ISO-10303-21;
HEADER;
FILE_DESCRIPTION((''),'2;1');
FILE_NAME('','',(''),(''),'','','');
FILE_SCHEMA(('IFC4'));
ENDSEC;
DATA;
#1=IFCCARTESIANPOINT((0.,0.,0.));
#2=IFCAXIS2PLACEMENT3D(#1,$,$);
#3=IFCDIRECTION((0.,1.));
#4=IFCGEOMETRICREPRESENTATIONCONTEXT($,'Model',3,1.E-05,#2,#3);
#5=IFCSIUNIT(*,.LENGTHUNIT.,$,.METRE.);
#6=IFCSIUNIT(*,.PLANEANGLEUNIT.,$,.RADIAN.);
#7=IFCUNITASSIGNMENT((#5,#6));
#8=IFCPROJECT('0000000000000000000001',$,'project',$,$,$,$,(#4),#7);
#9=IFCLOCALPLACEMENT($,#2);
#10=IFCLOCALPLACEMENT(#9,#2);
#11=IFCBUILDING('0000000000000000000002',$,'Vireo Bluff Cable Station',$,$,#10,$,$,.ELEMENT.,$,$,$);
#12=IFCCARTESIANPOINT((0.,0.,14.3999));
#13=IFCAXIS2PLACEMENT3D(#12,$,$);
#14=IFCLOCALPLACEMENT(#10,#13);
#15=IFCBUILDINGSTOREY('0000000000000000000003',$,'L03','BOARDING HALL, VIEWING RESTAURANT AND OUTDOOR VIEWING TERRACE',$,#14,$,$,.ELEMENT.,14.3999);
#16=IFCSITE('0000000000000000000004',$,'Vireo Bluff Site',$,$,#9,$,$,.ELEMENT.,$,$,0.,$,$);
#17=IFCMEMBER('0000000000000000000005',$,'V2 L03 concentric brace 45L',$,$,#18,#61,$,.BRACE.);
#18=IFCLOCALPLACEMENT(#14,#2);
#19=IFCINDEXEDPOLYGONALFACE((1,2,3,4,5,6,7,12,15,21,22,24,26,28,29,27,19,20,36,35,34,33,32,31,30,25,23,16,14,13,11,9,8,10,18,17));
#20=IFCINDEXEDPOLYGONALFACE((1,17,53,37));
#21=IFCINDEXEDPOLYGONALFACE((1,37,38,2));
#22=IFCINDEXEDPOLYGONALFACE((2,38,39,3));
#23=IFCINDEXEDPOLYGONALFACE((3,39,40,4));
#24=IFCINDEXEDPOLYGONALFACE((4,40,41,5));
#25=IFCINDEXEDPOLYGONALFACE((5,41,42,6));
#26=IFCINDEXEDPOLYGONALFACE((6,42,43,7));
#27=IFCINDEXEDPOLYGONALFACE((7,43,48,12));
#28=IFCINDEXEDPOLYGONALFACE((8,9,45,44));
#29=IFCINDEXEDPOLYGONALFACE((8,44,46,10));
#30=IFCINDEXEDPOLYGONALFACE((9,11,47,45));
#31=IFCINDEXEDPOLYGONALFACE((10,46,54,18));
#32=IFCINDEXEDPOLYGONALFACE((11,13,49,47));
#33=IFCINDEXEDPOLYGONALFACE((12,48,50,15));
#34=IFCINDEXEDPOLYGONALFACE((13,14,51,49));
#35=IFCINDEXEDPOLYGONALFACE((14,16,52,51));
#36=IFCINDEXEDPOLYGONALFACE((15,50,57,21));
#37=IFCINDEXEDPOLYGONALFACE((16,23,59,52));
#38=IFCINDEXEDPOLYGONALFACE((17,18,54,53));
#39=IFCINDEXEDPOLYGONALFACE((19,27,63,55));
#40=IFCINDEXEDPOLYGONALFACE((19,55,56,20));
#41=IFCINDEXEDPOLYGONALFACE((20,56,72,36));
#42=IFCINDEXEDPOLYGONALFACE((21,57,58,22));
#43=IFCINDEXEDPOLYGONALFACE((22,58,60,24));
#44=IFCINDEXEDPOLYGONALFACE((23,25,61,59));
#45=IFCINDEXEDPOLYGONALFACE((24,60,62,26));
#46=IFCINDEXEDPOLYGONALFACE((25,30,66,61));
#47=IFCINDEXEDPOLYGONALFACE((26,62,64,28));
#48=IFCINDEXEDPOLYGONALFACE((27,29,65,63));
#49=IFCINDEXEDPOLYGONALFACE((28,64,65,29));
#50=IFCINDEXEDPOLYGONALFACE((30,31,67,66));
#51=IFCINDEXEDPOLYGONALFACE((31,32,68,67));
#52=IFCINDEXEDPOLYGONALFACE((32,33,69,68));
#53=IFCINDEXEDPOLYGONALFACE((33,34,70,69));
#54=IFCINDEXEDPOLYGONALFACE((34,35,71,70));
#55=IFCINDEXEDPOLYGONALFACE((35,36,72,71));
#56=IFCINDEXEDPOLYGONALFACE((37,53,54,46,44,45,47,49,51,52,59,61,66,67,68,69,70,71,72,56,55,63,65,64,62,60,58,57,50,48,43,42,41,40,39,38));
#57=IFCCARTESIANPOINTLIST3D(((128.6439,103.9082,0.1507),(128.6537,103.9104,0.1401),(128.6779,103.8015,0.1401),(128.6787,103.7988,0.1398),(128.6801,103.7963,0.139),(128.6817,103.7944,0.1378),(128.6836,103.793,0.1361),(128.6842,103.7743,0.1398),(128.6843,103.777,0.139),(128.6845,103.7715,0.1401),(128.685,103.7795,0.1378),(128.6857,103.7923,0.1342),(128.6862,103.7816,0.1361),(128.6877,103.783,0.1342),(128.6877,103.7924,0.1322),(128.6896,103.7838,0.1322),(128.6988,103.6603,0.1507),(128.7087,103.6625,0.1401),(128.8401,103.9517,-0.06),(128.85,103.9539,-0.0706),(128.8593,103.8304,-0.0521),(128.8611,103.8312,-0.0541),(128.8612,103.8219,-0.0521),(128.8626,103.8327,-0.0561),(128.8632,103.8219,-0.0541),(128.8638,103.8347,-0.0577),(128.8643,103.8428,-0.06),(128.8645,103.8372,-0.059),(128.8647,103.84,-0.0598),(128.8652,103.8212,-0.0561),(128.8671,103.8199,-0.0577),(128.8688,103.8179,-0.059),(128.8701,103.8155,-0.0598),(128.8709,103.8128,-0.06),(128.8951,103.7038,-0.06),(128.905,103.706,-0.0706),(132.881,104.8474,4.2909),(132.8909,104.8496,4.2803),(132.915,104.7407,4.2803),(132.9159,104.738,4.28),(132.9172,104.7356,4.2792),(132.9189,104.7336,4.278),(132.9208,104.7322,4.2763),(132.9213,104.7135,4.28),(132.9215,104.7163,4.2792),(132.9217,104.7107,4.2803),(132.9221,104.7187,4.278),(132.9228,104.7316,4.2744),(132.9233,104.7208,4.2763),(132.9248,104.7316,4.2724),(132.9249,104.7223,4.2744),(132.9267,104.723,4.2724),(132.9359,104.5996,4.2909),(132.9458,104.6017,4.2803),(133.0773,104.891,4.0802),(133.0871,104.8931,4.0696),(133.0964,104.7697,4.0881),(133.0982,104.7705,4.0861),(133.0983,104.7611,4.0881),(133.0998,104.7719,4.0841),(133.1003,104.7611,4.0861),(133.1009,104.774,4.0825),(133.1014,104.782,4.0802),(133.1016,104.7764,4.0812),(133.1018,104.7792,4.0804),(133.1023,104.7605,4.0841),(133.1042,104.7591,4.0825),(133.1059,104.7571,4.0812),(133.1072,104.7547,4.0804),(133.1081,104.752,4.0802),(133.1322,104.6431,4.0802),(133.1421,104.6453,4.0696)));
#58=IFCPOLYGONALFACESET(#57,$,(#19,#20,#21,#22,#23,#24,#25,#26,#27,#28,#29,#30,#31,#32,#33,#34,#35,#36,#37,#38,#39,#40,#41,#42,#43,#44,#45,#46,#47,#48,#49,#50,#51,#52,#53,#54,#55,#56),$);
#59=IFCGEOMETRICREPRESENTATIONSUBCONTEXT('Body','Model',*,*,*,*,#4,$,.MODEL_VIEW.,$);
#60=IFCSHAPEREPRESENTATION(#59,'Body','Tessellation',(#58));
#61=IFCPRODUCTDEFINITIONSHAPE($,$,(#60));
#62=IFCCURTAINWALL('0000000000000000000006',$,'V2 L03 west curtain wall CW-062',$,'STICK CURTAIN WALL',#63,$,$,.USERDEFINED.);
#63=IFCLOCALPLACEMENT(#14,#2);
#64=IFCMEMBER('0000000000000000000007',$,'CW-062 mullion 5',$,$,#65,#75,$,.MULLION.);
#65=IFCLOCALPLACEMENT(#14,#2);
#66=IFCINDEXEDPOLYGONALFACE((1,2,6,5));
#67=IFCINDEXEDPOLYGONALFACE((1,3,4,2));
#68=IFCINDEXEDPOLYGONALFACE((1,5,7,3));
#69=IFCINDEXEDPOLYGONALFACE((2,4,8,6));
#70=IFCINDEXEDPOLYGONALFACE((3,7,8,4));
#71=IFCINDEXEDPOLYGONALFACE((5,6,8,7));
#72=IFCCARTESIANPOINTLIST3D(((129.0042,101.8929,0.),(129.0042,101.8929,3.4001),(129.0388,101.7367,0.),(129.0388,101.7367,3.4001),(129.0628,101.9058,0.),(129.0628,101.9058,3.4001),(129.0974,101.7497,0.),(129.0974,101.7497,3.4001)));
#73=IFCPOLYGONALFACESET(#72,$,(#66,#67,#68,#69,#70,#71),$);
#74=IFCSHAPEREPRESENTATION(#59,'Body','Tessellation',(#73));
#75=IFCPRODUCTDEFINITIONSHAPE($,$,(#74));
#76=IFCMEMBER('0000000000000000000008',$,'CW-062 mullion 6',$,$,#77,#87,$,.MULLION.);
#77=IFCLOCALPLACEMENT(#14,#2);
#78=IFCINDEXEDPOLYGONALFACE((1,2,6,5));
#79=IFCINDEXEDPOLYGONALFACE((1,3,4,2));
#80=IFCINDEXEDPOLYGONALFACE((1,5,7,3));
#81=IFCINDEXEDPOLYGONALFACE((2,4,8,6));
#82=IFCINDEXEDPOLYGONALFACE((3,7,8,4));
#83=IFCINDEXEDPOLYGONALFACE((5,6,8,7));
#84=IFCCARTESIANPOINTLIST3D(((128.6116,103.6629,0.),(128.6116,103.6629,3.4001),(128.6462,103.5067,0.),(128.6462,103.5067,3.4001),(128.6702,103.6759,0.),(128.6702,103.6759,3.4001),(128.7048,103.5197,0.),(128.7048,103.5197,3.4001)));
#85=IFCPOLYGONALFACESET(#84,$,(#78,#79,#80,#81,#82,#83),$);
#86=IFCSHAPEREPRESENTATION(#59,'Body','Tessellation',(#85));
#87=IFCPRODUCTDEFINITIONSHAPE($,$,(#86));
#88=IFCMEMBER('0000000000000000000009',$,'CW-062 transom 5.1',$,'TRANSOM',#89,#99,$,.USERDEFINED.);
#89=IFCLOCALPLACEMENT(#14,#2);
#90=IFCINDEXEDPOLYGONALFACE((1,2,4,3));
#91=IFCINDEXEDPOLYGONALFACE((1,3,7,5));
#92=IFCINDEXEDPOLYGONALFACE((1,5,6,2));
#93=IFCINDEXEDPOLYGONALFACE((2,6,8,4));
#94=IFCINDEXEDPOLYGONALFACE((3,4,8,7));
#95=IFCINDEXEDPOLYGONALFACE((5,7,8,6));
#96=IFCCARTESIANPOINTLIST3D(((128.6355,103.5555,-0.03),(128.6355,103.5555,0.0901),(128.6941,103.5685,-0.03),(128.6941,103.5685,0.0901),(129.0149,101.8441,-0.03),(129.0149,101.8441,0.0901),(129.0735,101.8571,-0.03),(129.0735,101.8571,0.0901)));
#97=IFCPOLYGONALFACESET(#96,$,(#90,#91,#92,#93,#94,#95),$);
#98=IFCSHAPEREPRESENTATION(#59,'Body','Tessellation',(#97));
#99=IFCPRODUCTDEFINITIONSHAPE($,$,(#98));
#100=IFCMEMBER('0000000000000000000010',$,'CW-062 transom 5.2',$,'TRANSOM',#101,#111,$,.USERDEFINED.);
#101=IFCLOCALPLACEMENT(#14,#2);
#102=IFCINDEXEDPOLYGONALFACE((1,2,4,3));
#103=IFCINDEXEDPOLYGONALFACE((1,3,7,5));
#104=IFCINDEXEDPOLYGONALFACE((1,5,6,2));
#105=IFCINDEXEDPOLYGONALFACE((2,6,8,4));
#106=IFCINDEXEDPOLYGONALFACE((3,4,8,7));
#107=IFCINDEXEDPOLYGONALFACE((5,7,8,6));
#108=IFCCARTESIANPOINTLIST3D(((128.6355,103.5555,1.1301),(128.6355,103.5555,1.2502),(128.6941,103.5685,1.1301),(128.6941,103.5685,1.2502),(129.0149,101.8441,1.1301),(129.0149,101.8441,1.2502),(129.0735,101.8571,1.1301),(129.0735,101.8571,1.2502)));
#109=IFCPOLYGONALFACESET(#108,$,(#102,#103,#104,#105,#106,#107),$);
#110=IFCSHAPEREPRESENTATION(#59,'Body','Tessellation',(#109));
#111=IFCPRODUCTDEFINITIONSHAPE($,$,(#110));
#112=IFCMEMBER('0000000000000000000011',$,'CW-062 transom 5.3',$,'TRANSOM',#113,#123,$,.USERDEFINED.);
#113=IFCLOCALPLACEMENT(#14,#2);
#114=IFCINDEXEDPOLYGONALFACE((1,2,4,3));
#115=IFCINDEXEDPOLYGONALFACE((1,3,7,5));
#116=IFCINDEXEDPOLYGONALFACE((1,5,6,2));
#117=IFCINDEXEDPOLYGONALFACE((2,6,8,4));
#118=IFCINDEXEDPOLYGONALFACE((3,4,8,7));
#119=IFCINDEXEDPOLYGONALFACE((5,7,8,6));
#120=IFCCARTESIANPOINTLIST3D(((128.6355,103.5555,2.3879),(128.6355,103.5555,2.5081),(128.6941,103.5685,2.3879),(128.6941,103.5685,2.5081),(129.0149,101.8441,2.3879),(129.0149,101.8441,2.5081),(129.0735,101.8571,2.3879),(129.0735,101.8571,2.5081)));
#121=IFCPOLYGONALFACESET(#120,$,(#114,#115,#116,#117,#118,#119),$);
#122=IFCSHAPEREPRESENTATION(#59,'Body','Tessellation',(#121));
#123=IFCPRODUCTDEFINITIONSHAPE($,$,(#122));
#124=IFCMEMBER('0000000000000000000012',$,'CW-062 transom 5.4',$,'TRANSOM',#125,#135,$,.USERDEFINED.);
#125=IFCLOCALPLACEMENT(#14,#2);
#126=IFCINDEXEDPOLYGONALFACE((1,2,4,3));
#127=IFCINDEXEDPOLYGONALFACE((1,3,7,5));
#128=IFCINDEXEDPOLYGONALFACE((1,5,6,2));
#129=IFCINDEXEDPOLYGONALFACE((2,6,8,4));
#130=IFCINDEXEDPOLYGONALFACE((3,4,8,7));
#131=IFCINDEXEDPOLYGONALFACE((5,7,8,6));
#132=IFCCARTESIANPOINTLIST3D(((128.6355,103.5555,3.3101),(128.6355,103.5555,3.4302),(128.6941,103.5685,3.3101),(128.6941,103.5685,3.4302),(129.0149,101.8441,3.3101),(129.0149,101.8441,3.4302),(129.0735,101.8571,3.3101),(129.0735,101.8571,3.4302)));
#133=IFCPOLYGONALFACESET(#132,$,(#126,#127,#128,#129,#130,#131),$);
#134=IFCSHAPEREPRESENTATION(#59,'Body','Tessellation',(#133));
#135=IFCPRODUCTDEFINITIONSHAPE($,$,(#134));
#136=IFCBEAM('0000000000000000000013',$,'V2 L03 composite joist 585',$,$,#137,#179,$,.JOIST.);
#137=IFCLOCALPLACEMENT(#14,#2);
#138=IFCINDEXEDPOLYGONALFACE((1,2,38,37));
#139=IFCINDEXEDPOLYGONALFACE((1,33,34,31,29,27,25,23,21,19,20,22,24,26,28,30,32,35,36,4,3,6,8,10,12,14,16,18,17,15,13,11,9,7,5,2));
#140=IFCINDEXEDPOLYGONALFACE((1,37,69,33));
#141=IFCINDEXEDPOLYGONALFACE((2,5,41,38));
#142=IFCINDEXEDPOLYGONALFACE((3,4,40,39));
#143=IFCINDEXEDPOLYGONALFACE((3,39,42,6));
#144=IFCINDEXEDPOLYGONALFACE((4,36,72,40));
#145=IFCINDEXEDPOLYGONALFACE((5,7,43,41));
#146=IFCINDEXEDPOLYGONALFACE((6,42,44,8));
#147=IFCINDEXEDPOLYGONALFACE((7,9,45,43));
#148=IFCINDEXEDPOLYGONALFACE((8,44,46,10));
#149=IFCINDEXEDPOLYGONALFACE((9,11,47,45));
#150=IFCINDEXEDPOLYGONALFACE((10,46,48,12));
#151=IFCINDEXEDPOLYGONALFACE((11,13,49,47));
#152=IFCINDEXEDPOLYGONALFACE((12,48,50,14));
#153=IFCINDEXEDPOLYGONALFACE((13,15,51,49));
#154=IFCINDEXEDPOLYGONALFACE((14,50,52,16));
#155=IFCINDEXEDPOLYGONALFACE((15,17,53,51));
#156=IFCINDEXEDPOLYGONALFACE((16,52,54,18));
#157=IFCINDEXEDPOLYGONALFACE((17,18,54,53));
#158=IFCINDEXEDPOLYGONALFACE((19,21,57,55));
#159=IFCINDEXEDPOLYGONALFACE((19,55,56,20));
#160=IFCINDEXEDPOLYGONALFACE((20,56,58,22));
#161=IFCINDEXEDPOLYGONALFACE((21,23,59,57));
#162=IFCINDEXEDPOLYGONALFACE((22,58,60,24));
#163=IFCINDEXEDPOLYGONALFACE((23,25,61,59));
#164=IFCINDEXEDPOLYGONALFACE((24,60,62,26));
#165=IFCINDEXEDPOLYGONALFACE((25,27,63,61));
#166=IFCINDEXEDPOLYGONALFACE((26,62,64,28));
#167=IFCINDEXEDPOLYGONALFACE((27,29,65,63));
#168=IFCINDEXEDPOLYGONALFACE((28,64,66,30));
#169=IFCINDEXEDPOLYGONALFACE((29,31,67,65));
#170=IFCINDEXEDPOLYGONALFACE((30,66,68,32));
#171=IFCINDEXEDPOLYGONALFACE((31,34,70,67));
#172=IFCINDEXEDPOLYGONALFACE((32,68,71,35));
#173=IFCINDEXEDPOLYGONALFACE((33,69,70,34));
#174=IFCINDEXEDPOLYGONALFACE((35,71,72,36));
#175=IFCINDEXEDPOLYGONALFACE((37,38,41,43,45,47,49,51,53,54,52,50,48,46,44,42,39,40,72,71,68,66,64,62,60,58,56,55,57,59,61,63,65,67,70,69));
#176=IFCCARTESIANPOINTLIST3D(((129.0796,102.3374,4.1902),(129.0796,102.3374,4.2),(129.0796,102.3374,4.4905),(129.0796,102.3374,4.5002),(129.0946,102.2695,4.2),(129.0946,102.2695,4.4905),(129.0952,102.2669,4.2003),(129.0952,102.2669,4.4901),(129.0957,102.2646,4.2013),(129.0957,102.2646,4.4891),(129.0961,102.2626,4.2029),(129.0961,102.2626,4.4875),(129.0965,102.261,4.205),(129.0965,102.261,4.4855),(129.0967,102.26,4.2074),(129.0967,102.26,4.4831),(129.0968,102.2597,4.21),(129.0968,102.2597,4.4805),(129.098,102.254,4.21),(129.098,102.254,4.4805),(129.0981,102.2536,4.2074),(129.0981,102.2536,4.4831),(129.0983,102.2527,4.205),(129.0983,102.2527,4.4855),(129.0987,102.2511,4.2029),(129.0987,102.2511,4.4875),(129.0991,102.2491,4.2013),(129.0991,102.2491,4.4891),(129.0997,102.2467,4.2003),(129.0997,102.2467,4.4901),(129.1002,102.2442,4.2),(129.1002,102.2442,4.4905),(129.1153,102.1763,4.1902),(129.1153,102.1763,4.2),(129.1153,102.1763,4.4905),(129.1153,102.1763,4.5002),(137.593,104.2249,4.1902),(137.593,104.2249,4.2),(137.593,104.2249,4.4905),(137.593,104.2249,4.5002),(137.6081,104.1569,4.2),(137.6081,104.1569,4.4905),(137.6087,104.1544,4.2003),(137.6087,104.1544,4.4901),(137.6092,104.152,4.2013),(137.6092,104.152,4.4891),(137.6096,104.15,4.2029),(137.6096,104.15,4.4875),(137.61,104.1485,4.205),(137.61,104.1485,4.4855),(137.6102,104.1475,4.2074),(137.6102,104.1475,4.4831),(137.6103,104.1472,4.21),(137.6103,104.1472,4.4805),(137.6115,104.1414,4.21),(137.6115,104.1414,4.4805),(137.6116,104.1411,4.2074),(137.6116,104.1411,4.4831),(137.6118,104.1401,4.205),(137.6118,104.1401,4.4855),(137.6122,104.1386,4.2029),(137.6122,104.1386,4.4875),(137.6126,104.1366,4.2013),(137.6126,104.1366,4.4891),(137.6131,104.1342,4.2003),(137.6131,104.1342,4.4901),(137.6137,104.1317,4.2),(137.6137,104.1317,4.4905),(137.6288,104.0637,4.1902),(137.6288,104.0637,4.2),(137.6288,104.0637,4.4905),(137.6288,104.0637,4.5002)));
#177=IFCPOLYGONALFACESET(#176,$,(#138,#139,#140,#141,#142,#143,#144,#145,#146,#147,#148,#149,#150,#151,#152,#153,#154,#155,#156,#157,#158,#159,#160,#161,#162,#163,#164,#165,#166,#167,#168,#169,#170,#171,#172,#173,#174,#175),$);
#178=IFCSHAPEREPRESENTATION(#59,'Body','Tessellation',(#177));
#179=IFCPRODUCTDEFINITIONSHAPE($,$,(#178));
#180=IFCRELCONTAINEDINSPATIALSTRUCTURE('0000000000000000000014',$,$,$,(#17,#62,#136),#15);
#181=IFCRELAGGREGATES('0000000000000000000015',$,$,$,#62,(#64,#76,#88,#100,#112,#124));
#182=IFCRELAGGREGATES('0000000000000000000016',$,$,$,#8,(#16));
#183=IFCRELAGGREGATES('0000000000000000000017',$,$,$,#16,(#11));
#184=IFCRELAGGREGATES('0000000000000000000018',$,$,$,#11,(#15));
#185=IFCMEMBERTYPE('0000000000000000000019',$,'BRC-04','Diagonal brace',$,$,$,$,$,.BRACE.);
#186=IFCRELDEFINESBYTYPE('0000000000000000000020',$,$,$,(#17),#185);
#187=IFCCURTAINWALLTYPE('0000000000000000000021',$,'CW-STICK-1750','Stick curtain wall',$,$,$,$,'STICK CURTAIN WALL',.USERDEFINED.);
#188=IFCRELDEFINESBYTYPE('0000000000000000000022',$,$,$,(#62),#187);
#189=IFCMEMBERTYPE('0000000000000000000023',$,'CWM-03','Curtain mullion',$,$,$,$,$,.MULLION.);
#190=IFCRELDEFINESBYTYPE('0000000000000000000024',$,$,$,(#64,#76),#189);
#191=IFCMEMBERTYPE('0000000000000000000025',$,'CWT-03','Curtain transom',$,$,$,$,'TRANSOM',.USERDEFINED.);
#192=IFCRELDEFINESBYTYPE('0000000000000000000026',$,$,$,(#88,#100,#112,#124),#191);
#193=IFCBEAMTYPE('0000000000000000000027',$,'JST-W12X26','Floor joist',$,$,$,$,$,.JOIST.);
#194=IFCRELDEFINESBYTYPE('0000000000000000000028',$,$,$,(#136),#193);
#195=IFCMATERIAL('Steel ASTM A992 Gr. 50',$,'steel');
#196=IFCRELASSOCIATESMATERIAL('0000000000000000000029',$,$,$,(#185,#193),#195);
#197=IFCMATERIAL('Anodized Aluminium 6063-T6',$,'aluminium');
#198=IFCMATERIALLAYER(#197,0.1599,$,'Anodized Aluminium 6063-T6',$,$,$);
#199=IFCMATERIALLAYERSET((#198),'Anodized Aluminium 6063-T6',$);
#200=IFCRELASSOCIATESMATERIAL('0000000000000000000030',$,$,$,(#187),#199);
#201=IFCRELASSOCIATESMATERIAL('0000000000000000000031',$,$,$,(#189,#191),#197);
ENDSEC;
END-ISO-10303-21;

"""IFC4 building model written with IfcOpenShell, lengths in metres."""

from ifc_helpers import new_model, si_unit, direction, frame, origin, origin_2d, place, context, subcontext, project, spatial, rectangle, i_section, extrude, material, layer, layer_set, material_profile, profile_set, type_object, element, aggregate, save


model = new_model("IFC4")

# Units and contexts
model_context = context("Model", 3, precision=1e-05, world=origin(), true_north=direction((0.0, 1.0)))
body_context = subcontext(model_context, "Body", "Model", "MODEL_VIEW")
ifc_project = project(units=[si_unit("LENGTHUNIT", "METRE"), si_unit("PLANEANGLEUNIT", "RADIAN")], contexts=[model_context])

# Site, building, storey
site_placement = place(None, origin())
site = spatial("IfcSite", under=ifc_project, at=site_placement, Name="Vireo Bluff Site", CompositionType="ELEMENT", RefElevation=0.0)
building_placement = place(site_placement, origin())
building = spatial("IfcBuilding", under=site, at=building_placement, Name="Vireo Bluff Cable Station", CompositionType="ELEMENT")
storey_placement = place(building_placement, frame((0.0, 0.0, 14.3999)))
storey = spatial("IfcBuildingStorey", under=building, at=storey_placement, Name="L03", Description="BOARDING HALL, VIEWING RESTAURANT AND OUTDOOR VIEWING TERRACE", CompositionType="ELEMENT", Elevation=14.3999)

# Shared definitions
ifc_material_1 = material(Name="Steel ASTM A992 Gr. 50", Category="steel")

# Member
ifc_material_profile_1 = material_profile(ifc_material_1, i_section(OverallWidth=0.2539, OverallDepth=0.3059, WebThickness=0.0088, FlangeThickness=0.0146, FilletRadius=0.011, at=origin_2d()), Name="W12X53")
ifc_profile_set_1 = profile_set([ifc_material_profile_1], Name="Steel ASTM A992 Gr. 50")
member_type_1 = type_object("IfcMemberType", Name="BRC-04", Description="Diagonal brace", PredefinedType="BRACE", material=ifc_profile_set_1)
member_1_placement = place(storey_placement, frame((128.7744, 103.8071, 0.04), z_axis=(0.706417, 0.156588, 0.690257), x_axis=(-0.216412, 0.976302, 0.0)))
element("IfcMember", 1, at=member_1_placement, inside=storey, type_object=member_type_1, Name="V2 L03 concentric brace 45L", PredefinedType="BRACE", context=body_context, shape_type="SweptSolid", body=[
    extrude(i_section(OverallWidth=0.2539, OverallDepth=0.3059, WebThickness=0.0088, FlangeThickness=0.0146, FilletRadius=0.011, at=origin_2d()), origin(), (0.0, 0.0, 1.0), 5.998),
])

# Curtain wall, members
ifc_material_2 = material(Name="Anodized Aluminium 6063-T6", Category="aluminium")
ifc_layer_1 = layer(ifc_material_2, 0.1599, Name="Anodized Aluminium 6063-T6")
ifc_layer_set_1 = layer_set([ifc_layer_1], Name="Anodized Aluminium 6063-T6")
curtain_wall_type = type_object("IfcCurtainWallType", Name="CW-STICK-1750", Description="Stick curtain wall", ElementType="STICK CURTAIN WALL", PredefinedType="USERDEFINED", material=ifc_layer_set_1)
curtain_wall_placement = place(storey_placement, origin())
curtain_wall = element("IfcCurtainWall", 2, at=curtain_wall_placement, inside=storey, type_object=curtain_wall_type, Name="V2 L03 west curtain wall CW-062", ObjectType="STICK CURTAIN WALL", PredefinedType="USERDEFINED")
ifc_material_profile_2 = material_profile(ifc_material_2, rectangle(XDim=0.0601, YDim=0.1599, at=origin_2d()), Name="ALU-M-60X160")
ifc_profile_set_2 = profile_set([ifc_material_profile_2], Name="Anodized Aluminium 6063-T6")
member_type_2 = type_object("IfcMemberType", Name="CWM-03", Description="Curtain mullion", PredefinedType="MULLION", material=ifc_profile_set_2)
member_2_placement = place(storey_placement, frame((129.0508, 101.8213, 0.0), z_axis=(0.0, 0.0, 1.0), x_axis=(-0.976296, -0.21644, 0.0)))
member_2 = element("IfcMember", 3, at=member_2_placement, type_object=member_type_2, Name="CW-062 mullion 5", PredefinedType="MULLION", context=body_context, shape_type="SweptSolid", body=[
    extrude(rectangle(XDim=0.0601, YDim=0.1599, at=origin_2d()), origin(), (0.0, 0.0, 1.0), 3.4001),
])
member_3_placement = place(storey_placement, frame((128.6582, 103.5913, 0.0), z_axis=(0.0, 0.0, 1.0), x_axis=(-0.976296, -0.21644, 0.0)))
member_3 = element("IfcMember", 4, at=member_3_placement, type_object=member_type_2, Name="CW-062 mullion 6", PredefinedType="MULLION", context=body_context, shape_type="SweptSolid", body=[
    extrude(rectangle(XDim=0.0601, YDim=0.1599, at=origin_2d()), origin(), (0.0, 0.0, 1.0), 3.4001),
])
ifc_material_profile_3 = material_profile(ifc_material_2, rectangle(XDim=0.0601, YDim=0.1201, at=origin_2d()), Name="ALU-T-60X120")
ifc_profile_set_3 = profile_set([ifc_material_profile_3], Name="Anodized Aluminium 6063-T6")
member_type_3 = type_object("IfcMemberType", Name="CWT-03", Description="Curtain transom", ElementType="TRANSOM", PredefinedType="USERDEFINED", material=ifc_profile_set_3)
member_4_placement = place(storey_placement, frame((129.0442, 101.8506, 0.03), z_axis=(-0.216429, 0.976298, 0.0), x_axis=(-0.976298, -0.216429, 0.0)))
member_4 = element("IfcMember", 5, at=member_4_placement, type_object=member_type_3, Name="CW-062 transom 5.1", ObjectType="TRANSOM", PredefinedType="USERDEFINED", context=body_context, shape_type="SweptSolid", body=[
    extrude(rectangle(XDim=0.0601, YDim=0.1201, at=origin_2d()), origin(), (0.0, 0.0, 1.0), 1.7529),
])
member_5_placement = place(storey_placement, frame((129.0442, 101.8506, 1.1902), z_axis=(-0.216429, 0.976298, 0.0), x_axis=(-0.976298, -0.216429, 0.0)))
member_5 = element("IfcMember", 6, at=member_5_placement, type_object=member_type_3, Name="CW-062 transom 5.2", ObjectType="TRANSOM", PredefinedType="USERDEFINED", context=body_context, shape_type="SweptSolid", body=[
    extrude(rectangle(XDim=0.0601, YDim=0.1201, at=origin_2d()), origin(), (0.0, 0.0, 1.0), 1.7529),
])
member_6_placement = place(storey_placement, frame((129.0442, 101.8506, 2.448), z_axis=(-0.216429, 0.976298, 0.0), x_axis=(-0.976298, -0.216429, 0.0)))
member_6 = element("IfcMember", 7, at=member_6_placement, type_object=member_type_3, Name="CW-062 transom 5.3", ObjectType="TRANSOM", PredefinedType="USERDEFINED", context=body_context, shape_type="SweptSolid", body=[
    extrude(rectangle(XDim=0.0601, YDim=0.1201, at=origin_2d()), origin(), (0.0, 0.0, 1.0), 1.7529),
])
member_7_placement = place(storey_placement, frame((129.0442, 101.8506, 3.3701), z_axis=(-0.216429, 0.976298, 0.0), x_axis=(-0.976298, -0.216429, 0.0)))
member_7 = element("IfcMember", 8, at=member_7_placement, type_object=member_type_3, Name="CW-062 transom 5.4", ObjectType="TRANSOM", PredefinedType="USERDEFINED", context=body_context, shape_type="SweptSolid", body=[
    extrude(rectangle(XDim=0.0601, YDim=0.1201, at=origin_2d()), origin(), (0.0, 0.0, 1.0), 1.7529),
])

# Beam
ifc_material_profile_4 = material_profile(ifc_material_1, i_section(OverallWidth=0.165, OverallDepth=0.3101, WebThickness=0.0059, FlangeThickness=0.0098, FilletRadius=0.01, at=origin_2d()), Name="W12X26")
ifc_profile_set_4 = profile_set([ifc_material_profile_4], Name="Steel ASTM A992 Gr. 50")
beam_type_1 = type_object("IfcBeamType", Name="JST-W12X26", Description="Floor joist", PredefinedType="JOIST", material=ifc_profile_set_4)
beam_1_placement = place(storey_placement, frame((129.0974, 102.2568, 4.3452), z_axis=(0.976294, 0.216447, 0.0), x_axis=(-0.216447, 0.976294, 0.0)))
element("IfcBeam", 9, at=beam_1_placement, inside=storey, type_object=beam_type_1, Name="V2 L03 composite joist 585", PredefinedType="JOIST", context=body_context, shape_type="SweptSolid", body=[
    extrude(i_section(OverallWidth=0.165, OverallDepth=0.3101, WebThickness=0.0059, FlangeThickness=0.0098, FilletRadius=0.01, at=origin_2d()), origin(), (0.0, 0.0, 1.0), 8.7202),
])

aggregate(curtain_wall, [member_2, member_3, member_4, member_5, member_6, member_7])

save(model, "model.ifc")
